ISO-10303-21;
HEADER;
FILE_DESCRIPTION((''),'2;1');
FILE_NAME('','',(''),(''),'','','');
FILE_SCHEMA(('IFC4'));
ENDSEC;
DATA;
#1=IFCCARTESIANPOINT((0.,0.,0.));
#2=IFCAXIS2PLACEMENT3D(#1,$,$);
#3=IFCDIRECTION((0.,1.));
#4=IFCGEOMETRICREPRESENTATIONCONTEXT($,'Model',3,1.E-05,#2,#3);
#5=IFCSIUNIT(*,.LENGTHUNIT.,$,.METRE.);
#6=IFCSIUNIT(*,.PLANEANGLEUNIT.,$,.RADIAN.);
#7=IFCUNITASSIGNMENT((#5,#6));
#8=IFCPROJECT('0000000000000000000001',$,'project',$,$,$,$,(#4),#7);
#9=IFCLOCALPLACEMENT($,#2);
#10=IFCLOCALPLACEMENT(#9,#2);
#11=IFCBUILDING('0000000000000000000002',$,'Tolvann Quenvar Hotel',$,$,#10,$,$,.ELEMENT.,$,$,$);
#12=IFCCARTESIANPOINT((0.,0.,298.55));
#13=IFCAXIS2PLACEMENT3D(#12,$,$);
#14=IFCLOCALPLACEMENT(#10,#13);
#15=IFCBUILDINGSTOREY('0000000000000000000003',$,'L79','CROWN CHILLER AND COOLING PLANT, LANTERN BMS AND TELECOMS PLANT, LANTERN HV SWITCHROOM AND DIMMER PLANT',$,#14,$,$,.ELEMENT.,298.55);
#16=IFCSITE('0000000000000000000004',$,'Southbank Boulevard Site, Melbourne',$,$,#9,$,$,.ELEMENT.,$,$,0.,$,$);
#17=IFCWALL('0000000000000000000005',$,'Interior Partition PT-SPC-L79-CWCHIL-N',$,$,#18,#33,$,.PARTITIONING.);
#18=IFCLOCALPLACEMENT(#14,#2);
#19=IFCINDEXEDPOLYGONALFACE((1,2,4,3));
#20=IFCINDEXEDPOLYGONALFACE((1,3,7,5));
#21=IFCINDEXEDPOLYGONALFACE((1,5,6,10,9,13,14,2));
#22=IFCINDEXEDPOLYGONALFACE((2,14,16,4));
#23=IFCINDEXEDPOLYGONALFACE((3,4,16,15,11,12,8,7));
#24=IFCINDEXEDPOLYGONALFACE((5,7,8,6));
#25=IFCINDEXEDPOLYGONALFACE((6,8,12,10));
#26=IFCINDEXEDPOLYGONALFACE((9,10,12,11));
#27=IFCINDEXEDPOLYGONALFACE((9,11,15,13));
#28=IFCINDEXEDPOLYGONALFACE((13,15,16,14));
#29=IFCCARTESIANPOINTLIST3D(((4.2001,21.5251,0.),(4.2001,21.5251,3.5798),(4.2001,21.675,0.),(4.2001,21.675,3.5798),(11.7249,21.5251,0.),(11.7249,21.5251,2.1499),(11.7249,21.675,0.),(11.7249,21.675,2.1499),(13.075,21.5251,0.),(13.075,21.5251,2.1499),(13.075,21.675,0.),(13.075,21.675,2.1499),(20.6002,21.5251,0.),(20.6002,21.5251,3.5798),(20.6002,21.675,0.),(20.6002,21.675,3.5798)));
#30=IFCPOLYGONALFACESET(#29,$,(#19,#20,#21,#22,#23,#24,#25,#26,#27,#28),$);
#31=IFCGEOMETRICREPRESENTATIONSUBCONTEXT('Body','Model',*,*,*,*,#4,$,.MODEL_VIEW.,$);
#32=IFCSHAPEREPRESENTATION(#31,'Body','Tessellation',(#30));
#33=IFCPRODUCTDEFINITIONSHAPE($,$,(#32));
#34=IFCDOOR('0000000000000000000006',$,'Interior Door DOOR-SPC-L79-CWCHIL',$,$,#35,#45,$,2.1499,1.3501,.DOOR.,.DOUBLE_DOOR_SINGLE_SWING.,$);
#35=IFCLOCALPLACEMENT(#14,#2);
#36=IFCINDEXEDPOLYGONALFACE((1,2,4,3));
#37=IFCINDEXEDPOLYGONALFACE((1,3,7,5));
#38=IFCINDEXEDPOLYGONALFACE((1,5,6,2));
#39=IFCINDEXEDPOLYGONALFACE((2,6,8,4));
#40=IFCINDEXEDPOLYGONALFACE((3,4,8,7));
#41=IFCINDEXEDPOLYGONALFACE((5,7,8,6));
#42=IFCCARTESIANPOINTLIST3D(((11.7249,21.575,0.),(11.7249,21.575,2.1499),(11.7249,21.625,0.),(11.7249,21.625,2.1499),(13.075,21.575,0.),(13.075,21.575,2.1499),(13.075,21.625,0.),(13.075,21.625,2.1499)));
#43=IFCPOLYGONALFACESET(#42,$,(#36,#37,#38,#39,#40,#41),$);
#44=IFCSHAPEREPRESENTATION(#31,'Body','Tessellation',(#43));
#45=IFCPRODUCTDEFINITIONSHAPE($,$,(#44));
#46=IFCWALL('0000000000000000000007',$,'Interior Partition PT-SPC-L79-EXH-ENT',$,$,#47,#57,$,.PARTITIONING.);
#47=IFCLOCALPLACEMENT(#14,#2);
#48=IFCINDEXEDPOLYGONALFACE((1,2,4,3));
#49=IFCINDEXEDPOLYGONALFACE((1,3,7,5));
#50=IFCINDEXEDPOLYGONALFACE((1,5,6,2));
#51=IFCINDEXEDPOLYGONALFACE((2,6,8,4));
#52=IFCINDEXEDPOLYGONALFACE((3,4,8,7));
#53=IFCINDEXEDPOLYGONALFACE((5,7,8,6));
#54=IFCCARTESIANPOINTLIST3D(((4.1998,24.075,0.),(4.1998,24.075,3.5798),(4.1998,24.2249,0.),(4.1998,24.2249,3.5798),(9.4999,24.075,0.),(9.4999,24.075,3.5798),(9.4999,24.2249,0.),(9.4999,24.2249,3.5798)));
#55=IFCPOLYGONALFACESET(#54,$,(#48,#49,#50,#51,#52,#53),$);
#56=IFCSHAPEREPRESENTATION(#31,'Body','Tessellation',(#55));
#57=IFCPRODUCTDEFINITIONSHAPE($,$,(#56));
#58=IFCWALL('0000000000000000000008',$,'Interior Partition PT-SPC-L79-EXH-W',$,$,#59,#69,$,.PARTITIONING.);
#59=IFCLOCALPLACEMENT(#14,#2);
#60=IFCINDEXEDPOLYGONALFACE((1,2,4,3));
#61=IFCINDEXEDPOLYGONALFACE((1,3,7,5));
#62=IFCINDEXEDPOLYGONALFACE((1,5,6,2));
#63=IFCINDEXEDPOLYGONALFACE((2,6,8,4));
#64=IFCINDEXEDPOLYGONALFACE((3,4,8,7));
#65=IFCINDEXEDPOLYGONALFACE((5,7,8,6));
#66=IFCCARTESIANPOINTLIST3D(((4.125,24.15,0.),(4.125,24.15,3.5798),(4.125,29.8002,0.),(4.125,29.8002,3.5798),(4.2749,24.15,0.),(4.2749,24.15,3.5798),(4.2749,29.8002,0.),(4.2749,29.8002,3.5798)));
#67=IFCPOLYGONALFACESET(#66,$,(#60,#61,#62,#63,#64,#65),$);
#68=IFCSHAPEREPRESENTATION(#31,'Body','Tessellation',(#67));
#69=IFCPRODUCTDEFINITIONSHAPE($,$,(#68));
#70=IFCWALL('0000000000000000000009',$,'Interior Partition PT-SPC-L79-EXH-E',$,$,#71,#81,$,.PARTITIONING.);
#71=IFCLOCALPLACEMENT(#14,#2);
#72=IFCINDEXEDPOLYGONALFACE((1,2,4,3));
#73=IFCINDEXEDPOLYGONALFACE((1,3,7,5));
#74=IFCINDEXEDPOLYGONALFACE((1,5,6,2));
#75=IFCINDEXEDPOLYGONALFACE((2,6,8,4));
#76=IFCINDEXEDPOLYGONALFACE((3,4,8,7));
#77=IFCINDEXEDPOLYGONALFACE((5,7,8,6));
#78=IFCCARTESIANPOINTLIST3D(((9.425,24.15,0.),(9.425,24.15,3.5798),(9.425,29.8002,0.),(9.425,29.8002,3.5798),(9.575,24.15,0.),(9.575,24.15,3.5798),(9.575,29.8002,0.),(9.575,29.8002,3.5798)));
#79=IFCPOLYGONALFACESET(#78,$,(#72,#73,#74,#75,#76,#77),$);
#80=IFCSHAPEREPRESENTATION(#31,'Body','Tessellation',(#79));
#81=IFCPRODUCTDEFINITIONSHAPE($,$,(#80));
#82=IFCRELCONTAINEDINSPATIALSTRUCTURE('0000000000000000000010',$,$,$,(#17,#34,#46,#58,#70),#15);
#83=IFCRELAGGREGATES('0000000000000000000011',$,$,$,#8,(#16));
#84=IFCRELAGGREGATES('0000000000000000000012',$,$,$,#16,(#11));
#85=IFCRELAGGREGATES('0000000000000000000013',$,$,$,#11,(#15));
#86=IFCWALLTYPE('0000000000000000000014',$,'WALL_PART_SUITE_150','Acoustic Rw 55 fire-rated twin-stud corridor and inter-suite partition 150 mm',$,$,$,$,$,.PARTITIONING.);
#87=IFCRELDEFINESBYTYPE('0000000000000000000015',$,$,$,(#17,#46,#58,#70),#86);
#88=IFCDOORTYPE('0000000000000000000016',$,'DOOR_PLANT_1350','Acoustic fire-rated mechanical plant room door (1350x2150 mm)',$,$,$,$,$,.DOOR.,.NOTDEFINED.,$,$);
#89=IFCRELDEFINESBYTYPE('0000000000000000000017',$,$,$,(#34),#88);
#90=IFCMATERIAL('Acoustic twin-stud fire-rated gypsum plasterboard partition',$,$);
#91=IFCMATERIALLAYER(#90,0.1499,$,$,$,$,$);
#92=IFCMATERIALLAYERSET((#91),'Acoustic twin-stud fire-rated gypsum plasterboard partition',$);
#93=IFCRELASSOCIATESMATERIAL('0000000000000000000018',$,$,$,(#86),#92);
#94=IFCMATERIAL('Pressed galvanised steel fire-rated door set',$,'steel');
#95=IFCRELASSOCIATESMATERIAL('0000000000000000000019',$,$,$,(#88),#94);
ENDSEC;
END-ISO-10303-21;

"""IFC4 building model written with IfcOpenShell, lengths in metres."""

from ifc_helpers import new_model, si_unit, direction, frame, frame_2d, origin, place, context, subcontext, project, spatial, rectangle, extrude, source, transform, mapped, material, layer, layer_set, type_object, type_shapes, element, fill, save


model = new_model("IFC4")

# Units and contexts
model_context = context("Model", 3, precision=1e-05, world=origin(), true_north=direction((0.0, 1.0)))
body_context = subcontext(model_context, "Body", "Model", "MODEL_VIEW")
ifc_project = project(units=[si_unit("LENGTHUNIT", "METRE"), si_unit("PLANEANGLEUNIT", "RADIAN")], contexts=[model_context])

# Site, building, storey
site_placement = place(None, origin())
site = spatial("IfcSite", under=ifc_project, at=site_placement, Name="Southbank Boulevard Site, Melbourne", CompositionType="ELEMENT", RefElevation=0.0)
building_placement = place(site_placement, origin())
building = spatial("IfcBuilding", under=site, at=building_placement, Name="Tolvann Quenvar Hotel", CompositionType="ELEMENT")
storey_placement = place(building_placement, frame((0.0, 0.0, 298.55)))
storey = spatial("IfcBuildingStorey", under=building, at=storey_placement, Name="L79", Description="CROWN CHILLER AND COOLING PLANT, LANTERN BMS AND TELECOMS PLANT, LANTERN HV SWITCHROOM AND DIMMER PLANT", CompositionType="ELEMENT", Elevation=298.55)

# Wall, opening, door
ifc_material_1 = material(Name="Acoustic twin-stud fire-rated gypsum plasterboard partition")
ifc_layer_1 = layer(ifc_material_1, 0.1499)
ifc_layer_set_1 = layer_set([ifc_layer_1], Name="Acoustic twin-stud fire-rated gypsum plasterboard partition")
wall_type = type_object("IfcWallType", Name="WALL_PART_SUITE_150", Description="Acoustic Rw 55 fire-rated twin-stud corridor and inter-suite partition 150 mm", PredefinedType="PARTITIONING", material=ifc_layer_set_1)
wall_1_placement = place(storey_placement, frame((4.2, 21.6001, 0.0), z_axis=(0.0, 0.0, 1.0), x_axis=(1.0, 0.0, 0.0)))
wall_1 = element("IfcWall", 1, at=wall_1_placement, inside=storey, type_object=wall_type, Name="Interior Partition PT-SPC-L79-CWCHIL-N", PredefinedType="PARTITIONING", context=body_context, shape_type="SweptSolid", body=[
    extrude(rectangle(XDim=16.4001, YDim=0.1499, at=frame_2d((8.2002, 0.0))), origin(), (0.0, 0.0, 1.0), 3.5798),
])
opening_placement = place(wall_1_placement, frame((7.5249, 0.0, 0.0)))
opening = element("IfcOpeningElement", 2, at=opening_placement, cuts=wall_1, PredefinedType="OPENING", context=body_context, shape_type="SweptSolid", body=[
    extrude(rectangle(XDim=1.3501, YDim=2.1499, at=frame_2d((0.675, 1.075))), frame((0.0, 0.085, 0.0), z_axis=(0.0, -1.0, 0.0), x_axis=(1.0, 0.0, 0.0)), (0.0, 0.0, 1.0), 0.1699),
])
ifc_material_2 = material(Name="Pressed galvanised steel fire-rated door set", Category="steel")
door_type = type_object("IfcDoorType", Name="DOOR_PLANT_1350", Description="Acoustic fire-rated mechanical plant room door (1350x2150 mm)", OperationType="NOTDEFINED", PredefinedType="DOOR", material=ifc_material_2)
shared_shape_1 = source(origin(), body_context, "Body", "SweptSolid", [
    extrude(rectangle(XDim=1.3501, YDim=2.1499, at=frame_2d((0.675, 1.075))), frame((0.0, 0.0249, 0.0), z_axis=(0.0, -1.0, 0.0), x_axis=(1.0, 0.0, 0.0)), (0.0, 0.0, 1.0), 0.05),
])
type_shapes(door_type, [shared_shape_1])
door_placement = place(opening_placement, origin())
door = element("IfcDoor", 3, at=door_placement, inside=storey, type_object=door_type, Name="Interior Door DOOR-SPC-L79-CWCHIL", OperationType="DOUBLE_DOOR_SINGLE_SWING", OverallHeight=2.1499, OverallWidth=1.3501, PredefinedType="DOOR", context=body_context, shape_type="MappedRepresentation", body=[
    mapped(shared_shape_1, transform((0.0, 0.0, 0.0), x_axis=(1.0, 0.0, 0.0), y_axis=(0.0, 1.0, 0.0), z_axis=(0.0, 0.0, 1.0), scale=1.0)),
])
fill(opening, door)

# Walls
wall_2_placement = place(storey_placement, frame((4.2, 24.1499, 0.0), z_axis=(0.0, 0.0, 1.0), x_axis=(1.0, 0.0, 0.0)))
element("IfcWall", 4, at=wall_2_placement, inside=storey, type_object=wall_type, Name="Interior Partition PT-SPC-L79-EXH-ENT", PredefinedType="PARTITIONING", context=body_context, shape_type="SweptSolid", body=[
    extrude(rectangle(XDim=5.3, YDim=0.1499, at=frame_2d((2.6499, 0.0))), origin(), (0.0, 0.0, 1.0), 3.5798),
])
for number, where, z_axis, x_axis, name in (
    (5, (4.2, 24.1499, 0.0), (0.0, 0.0, 1.0), (0.0, 1.0, 0.0), "Interior Partition PT-SPC-L79-EXH-W"),
    (6, (9.5, 24.1499, 0.0), (0.0, 0.0, 1.0), (0.0, 1.0, 0.0), "Interior Partition PT-SPC-L79-EXH-E"),
):
    element("IfcWall", number, at=place(storey_placement, frame(where, z_axis=z_axis, x_axis=x_axis)), inside=storey, type_object=wall_type, Name=name, PredefinedType="PARTITIONING", context=body_context, shape_type="SweptSolid", body=[
        extrude(rectangle(XDim=5.6501, YDim=0.1499, at=frame_2d((2.8252, 0.0))), origin(), (0.0, 0.0, 1.0), 3.5798),
    ])

save(model, "model.ifc")
